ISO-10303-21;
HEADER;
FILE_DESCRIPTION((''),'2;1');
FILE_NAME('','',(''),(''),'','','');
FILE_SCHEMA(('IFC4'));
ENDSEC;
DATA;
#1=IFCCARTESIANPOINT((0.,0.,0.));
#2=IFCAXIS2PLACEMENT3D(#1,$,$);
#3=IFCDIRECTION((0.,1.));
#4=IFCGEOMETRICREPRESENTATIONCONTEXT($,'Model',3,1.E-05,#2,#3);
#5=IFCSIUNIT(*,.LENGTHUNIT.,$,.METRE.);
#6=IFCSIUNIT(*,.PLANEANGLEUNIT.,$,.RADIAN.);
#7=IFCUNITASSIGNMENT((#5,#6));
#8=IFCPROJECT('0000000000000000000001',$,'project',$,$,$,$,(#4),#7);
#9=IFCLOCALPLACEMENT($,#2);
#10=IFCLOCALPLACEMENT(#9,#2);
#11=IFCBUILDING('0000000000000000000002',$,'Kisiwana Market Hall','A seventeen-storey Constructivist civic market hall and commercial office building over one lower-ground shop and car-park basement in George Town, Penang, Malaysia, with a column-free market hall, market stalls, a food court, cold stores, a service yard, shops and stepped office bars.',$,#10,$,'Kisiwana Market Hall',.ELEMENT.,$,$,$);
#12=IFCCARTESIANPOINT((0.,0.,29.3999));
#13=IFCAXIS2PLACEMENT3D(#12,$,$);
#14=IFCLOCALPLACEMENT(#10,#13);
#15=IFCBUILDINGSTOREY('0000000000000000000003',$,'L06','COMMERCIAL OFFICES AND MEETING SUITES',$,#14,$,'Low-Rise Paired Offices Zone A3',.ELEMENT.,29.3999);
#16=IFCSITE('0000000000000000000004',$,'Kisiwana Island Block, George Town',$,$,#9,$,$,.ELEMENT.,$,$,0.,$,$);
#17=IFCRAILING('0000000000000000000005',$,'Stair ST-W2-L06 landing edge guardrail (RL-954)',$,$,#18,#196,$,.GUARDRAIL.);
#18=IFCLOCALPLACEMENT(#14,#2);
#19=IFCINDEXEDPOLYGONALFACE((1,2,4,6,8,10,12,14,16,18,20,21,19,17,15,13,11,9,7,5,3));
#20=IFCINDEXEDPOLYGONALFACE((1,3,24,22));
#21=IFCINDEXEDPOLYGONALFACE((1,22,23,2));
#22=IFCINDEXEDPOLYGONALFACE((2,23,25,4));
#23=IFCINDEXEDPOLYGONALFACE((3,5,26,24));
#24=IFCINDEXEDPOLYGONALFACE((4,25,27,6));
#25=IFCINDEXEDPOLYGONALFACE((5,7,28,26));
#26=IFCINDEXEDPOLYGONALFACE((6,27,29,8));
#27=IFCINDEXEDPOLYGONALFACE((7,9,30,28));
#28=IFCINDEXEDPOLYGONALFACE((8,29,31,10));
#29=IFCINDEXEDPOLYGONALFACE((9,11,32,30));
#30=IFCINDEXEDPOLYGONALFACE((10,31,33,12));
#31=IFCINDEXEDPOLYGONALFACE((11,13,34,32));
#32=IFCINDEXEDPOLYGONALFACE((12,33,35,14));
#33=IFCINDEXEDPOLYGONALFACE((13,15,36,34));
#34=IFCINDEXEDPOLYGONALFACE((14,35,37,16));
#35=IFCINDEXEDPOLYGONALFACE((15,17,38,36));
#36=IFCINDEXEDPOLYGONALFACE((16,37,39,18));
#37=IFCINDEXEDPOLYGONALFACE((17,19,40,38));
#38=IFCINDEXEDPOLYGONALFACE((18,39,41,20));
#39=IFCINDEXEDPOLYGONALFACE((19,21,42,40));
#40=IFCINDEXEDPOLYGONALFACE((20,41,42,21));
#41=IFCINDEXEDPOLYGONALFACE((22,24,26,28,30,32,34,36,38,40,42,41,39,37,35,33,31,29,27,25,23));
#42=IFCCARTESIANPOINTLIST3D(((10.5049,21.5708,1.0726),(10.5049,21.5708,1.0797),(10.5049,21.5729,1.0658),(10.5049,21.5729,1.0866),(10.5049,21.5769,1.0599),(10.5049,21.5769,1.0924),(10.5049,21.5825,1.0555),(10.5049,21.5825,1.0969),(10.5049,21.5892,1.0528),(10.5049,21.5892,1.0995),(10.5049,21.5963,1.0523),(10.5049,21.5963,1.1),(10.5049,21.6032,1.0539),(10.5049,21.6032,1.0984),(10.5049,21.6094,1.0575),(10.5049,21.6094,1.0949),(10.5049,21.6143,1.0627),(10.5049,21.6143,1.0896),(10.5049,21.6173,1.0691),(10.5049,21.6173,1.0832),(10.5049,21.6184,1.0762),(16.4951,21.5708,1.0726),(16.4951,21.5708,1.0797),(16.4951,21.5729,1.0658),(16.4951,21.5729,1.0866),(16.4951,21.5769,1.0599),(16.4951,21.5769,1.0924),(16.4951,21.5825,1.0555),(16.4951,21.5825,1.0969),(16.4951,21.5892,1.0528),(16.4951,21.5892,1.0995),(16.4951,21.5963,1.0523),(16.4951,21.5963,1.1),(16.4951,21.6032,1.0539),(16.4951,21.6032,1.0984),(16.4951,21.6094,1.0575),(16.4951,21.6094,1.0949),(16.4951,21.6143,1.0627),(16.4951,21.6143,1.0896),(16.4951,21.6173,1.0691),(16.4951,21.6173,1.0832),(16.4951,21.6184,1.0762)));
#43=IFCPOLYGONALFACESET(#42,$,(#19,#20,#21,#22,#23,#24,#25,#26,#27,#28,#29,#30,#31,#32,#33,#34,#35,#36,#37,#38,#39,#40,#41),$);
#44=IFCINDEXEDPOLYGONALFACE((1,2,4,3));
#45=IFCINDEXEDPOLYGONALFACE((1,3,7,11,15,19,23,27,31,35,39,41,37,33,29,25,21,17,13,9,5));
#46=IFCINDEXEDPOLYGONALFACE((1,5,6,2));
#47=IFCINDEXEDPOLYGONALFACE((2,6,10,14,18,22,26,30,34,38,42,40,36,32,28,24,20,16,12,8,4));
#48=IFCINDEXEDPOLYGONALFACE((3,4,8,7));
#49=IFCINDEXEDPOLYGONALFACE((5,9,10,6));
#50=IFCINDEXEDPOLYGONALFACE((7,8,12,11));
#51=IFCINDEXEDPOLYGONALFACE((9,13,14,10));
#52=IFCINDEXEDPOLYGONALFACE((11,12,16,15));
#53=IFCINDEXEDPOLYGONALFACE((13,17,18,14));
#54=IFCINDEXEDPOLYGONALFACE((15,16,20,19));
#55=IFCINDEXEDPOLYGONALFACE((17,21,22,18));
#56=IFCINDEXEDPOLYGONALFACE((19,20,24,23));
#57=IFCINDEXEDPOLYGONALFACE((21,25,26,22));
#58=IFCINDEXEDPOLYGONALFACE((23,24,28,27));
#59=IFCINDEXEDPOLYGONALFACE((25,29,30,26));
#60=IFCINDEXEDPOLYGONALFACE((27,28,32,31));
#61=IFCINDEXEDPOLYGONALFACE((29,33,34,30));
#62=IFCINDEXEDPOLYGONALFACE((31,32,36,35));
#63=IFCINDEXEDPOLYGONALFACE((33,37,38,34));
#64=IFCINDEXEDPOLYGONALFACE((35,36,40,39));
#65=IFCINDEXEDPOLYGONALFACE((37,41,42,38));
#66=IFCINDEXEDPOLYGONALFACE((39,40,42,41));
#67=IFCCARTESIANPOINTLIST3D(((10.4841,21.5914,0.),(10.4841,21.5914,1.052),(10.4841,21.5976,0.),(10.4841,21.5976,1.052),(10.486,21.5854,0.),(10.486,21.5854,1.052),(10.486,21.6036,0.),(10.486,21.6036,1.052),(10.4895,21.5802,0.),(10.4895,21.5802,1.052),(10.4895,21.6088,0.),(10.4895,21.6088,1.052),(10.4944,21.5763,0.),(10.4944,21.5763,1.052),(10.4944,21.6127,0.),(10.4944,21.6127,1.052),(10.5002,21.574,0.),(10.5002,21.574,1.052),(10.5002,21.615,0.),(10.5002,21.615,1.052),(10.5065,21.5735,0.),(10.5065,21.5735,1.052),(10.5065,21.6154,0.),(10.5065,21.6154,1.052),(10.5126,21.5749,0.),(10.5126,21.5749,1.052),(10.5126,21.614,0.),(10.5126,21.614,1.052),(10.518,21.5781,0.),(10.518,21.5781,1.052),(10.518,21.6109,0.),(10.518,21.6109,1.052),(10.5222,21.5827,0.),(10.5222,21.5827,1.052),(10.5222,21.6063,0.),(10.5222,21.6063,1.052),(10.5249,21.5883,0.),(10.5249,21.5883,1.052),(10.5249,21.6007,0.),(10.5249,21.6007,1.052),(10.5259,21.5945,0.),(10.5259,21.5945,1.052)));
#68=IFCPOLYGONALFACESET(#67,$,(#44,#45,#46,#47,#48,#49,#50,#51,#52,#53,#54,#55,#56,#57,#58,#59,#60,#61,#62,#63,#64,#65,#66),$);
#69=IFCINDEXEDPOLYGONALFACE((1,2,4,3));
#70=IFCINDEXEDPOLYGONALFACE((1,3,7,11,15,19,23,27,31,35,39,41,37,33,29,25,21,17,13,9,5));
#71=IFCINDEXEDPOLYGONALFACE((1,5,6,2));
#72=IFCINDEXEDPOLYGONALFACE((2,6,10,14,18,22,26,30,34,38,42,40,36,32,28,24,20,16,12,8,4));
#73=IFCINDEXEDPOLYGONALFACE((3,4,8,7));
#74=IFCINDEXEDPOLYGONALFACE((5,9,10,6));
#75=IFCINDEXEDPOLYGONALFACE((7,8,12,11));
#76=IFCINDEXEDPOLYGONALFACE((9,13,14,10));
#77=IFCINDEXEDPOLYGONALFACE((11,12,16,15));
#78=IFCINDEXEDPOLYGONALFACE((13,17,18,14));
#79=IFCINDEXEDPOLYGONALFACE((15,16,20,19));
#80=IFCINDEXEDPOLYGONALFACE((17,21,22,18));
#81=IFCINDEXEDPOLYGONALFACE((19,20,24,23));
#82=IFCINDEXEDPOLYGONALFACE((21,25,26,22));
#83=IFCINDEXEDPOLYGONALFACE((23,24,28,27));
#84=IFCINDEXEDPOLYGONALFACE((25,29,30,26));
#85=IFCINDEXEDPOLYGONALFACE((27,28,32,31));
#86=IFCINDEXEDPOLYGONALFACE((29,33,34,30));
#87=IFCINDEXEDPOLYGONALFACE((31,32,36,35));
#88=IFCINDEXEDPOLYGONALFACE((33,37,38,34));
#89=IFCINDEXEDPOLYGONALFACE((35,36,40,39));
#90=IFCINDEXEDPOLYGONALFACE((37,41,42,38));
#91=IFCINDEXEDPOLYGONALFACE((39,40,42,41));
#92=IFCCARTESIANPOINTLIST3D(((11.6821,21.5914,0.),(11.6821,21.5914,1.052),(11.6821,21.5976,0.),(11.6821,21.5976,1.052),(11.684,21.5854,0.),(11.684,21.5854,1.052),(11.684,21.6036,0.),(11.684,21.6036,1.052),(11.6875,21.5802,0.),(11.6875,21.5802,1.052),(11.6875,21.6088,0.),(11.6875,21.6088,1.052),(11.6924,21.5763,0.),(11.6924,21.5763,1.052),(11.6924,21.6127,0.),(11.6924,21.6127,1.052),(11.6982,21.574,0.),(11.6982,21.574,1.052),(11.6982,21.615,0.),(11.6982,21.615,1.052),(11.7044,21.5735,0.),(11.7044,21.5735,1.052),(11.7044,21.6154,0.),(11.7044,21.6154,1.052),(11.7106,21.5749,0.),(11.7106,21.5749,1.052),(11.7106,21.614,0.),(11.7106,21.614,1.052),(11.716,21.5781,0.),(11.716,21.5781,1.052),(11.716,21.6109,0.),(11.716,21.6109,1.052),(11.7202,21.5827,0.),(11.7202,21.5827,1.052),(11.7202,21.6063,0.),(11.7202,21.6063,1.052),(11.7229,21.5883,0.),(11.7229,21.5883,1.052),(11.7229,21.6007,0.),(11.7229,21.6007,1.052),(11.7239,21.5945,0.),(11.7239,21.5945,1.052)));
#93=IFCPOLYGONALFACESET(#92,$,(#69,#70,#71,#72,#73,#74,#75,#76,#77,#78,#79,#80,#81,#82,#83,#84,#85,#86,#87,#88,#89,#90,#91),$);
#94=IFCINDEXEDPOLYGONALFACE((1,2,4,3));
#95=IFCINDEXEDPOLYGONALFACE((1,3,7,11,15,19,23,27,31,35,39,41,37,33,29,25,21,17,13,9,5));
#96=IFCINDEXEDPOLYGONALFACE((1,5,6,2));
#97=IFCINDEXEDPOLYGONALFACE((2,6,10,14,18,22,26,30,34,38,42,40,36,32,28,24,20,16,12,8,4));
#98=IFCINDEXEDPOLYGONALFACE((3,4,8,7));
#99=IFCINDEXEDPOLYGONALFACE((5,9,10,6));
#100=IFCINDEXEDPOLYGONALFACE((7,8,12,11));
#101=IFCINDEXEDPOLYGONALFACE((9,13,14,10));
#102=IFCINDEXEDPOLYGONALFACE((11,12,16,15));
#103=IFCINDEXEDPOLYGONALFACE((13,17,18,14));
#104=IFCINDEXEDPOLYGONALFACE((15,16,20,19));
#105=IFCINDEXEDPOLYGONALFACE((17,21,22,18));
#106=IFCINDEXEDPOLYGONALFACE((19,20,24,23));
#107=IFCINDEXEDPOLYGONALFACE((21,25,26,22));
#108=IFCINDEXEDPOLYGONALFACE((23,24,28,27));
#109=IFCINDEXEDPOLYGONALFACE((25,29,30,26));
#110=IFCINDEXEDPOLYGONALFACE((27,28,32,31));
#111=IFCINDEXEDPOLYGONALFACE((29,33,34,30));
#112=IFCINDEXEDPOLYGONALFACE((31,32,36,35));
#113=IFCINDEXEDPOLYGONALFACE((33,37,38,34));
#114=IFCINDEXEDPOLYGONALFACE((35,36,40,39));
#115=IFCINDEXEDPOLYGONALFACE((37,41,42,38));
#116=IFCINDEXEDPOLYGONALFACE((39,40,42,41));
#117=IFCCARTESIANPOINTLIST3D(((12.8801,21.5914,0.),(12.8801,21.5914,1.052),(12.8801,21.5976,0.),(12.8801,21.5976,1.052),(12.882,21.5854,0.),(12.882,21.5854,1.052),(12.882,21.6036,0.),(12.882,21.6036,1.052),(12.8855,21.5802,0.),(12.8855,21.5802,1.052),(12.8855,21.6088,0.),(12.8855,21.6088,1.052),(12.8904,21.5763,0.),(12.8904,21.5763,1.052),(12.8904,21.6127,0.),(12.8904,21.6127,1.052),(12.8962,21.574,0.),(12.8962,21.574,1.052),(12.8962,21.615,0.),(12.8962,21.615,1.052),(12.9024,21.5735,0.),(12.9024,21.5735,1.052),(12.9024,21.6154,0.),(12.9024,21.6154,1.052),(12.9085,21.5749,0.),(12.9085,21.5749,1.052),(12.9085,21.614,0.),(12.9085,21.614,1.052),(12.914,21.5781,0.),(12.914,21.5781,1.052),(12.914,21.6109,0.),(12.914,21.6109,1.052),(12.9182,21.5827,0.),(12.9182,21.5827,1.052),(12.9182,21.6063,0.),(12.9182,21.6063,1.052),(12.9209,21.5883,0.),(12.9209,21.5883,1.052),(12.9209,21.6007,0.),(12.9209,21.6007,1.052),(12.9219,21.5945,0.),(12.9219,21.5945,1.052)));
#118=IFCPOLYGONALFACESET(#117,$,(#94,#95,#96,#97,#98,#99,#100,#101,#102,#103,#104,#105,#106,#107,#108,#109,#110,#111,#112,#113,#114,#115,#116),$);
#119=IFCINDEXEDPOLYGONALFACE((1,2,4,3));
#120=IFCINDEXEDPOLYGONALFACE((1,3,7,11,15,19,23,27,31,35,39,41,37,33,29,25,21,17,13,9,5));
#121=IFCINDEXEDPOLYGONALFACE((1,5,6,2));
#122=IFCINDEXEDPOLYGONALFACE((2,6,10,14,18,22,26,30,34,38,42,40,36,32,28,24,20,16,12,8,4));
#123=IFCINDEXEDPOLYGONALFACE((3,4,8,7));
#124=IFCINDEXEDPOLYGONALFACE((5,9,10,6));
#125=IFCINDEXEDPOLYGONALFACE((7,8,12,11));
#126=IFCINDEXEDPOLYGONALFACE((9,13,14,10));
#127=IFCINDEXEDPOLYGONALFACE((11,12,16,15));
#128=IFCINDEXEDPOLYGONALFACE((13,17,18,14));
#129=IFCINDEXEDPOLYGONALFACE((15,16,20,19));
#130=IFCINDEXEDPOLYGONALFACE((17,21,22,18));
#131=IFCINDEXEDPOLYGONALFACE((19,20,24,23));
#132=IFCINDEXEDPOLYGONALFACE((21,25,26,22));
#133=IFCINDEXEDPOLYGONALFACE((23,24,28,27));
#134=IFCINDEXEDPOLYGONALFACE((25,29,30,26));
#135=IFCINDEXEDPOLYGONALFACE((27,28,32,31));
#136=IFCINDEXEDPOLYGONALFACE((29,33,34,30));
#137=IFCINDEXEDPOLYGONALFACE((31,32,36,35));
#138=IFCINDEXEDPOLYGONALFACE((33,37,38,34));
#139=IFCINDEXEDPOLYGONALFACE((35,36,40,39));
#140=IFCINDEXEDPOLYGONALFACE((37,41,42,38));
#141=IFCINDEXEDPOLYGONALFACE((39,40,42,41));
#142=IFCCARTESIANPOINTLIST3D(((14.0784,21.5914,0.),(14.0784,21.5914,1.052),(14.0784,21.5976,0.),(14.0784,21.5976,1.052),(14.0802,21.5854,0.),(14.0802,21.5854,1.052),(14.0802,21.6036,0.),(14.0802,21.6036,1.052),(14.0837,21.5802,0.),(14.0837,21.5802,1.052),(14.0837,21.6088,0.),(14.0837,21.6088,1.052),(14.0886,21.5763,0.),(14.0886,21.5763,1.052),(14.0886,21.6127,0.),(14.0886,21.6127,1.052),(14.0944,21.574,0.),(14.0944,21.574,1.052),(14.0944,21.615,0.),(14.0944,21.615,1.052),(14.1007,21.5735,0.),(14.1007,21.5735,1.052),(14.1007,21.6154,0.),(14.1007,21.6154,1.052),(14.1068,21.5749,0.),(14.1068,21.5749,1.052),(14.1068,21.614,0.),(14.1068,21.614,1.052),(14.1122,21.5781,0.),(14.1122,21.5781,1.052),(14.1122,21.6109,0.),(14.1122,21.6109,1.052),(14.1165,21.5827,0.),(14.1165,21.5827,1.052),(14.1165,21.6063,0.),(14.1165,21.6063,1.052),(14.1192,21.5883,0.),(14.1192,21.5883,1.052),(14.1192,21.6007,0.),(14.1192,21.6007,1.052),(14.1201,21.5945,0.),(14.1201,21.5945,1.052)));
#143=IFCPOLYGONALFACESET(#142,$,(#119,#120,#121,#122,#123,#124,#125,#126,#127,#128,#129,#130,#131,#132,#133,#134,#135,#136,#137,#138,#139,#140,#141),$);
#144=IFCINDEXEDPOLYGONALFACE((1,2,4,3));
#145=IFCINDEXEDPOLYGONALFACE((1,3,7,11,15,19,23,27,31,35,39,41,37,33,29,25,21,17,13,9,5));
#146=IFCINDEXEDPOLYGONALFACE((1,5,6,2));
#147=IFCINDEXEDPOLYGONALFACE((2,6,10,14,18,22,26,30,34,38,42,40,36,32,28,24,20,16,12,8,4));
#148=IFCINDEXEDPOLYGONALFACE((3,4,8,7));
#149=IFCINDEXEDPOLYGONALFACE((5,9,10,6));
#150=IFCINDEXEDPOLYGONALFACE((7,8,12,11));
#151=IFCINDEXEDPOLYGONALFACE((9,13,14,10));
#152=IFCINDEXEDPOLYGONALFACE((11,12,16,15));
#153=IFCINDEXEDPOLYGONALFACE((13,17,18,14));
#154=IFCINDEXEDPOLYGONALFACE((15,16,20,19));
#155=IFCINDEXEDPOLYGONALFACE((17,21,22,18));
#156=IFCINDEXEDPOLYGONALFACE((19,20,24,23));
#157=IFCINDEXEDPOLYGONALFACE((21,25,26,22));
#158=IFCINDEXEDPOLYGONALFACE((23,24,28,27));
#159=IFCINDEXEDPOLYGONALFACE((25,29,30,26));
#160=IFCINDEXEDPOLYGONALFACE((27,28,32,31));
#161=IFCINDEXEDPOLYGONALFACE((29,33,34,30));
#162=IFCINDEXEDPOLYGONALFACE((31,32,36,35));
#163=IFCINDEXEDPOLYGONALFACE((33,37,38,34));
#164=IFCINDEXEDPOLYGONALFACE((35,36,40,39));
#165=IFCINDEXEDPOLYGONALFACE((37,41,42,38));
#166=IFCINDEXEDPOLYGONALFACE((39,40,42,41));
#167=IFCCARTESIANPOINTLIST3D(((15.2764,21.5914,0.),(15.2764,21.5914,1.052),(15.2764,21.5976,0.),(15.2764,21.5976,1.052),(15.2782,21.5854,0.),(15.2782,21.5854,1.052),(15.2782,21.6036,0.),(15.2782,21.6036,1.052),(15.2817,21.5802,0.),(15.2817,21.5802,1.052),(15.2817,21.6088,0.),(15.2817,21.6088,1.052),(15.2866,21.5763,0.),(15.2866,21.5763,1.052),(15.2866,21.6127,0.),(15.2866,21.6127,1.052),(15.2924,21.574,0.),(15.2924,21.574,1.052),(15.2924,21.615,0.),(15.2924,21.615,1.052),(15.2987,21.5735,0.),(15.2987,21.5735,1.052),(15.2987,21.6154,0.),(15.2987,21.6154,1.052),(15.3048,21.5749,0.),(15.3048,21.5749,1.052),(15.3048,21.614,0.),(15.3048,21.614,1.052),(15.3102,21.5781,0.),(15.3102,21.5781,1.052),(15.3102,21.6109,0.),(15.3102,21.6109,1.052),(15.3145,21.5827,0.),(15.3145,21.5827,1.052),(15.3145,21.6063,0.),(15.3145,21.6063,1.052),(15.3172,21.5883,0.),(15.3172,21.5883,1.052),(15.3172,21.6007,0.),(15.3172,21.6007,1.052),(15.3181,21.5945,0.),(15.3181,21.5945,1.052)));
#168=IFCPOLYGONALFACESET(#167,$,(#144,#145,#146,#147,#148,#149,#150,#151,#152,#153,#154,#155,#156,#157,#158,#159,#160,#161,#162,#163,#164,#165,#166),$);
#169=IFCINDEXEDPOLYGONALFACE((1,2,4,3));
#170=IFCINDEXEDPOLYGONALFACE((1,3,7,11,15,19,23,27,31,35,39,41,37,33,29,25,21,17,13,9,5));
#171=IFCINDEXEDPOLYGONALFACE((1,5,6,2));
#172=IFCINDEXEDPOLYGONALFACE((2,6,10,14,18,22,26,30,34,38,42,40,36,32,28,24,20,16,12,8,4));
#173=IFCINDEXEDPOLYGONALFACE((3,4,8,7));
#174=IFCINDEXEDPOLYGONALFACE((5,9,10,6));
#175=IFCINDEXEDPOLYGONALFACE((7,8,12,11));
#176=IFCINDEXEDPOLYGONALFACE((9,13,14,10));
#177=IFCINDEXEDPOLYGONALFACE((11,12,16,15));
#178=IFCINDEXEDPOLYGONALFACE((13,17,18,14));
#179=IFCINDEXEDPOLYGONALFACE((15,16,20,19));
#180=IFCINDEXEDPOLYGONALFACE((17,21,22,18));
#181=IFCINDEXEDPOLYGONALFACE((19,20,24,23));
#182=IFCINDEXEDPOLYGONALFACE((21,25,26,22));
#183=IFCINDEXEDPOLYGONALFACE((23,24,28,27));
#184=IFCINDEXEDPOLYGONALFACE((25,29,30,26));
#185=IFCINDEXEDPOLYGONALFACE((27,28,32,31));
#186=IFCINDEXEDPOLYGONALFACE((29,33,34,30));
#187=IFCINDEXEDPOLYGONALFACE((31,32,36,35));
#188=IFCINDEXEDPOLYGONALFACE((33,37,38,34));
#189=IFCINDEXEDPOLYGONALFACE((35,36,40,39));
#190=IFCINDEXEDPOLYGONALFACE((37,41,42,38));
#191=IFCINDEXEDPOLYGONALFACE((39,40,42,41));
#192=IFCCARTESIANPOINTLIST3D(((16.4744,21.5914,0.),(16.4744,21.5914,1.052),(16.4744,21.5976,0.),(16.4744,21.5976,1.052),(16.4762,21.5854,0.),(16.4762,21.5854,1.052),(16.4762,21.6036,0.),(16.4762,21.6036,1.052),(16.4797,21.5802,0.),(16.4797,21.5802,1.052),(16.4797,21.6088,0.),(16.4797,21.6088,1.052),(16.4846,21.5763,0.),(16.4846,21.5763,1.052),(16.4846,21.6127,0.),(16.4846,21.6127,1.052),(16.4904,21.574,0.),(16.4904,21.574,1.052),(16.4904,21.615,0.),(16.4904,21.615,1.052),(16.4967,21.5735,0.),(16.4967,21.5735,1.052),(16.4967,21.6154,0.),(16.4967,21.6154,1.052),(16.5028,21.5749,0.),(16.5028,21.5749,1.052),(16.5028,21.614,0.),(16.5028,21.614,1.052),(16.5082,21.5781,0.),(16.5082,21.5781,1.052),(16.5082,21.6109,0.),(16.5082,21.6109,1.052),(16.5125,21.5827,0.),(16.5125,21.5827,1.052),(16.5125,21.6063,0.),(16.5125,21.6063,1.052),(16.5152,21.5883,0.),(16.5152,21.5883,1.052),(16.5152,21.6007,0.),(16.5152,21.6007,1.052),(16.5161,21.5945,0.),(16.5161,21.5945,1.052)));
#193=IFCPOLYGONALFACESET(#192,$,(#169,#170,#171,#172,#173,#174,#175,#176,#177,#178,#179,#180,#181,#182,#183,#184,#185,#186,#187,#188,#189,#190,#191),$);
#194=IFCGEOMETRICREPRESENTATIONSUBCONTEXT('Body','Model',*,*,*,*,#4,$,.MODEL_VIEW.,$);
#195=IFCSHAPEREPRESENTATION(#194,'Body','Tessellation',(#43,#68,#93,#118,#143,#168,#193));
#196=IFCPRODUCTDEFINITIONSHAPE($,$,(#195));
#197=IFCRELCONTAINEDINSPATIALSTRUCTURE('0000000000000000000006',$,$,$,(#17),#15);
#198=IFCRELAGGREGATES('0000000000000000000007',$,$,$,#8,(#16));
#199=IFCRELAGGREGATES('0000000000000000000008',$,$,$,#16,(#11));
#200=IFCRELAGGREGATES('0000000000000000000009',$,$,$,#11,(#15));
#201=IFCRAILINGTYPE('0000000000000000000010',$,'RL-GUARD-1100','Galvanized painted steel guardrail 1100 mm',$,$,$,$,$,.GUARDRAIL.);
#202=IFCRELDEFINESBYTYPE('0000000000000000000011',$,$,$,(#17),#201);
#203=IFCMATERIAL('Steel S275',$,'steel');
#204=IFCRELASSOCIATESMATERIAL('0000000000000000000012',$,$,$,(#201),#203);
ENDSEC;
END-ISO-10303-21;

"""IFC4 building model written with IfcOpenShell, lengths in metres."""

from ifc_helpers import new_model, si_unit, direction, frame, origin, origin_2d, place, context, subcontext, project, spatial, circle, extrude, material, type_object, element, save


model = new_model("IFC4")

# Units and contexts
model_context = context("Model", 3, precision=1e-05, world=origin(), true_north=direction((0.0, 1.0)))
body_context = subcontext(model_context, "Body", "Model", "MODEL_VIEW")
ifc_project = project(units=[si_unit("LENGTHUNIT", "METRE"), si_unit("PLANEANGLEUNIT", "RADIAN")], contexts=[model_context])

# Site, building, storey
site_placement = place(None, origin())
site = spatial("IfcSite", under=ifc_project, at=site_placement, Name="Kisiwana Island Block, George Town", CompositionType="ELEMENT", RefElevation=0.0)
building_placement = place(site_placement, origin())
building = spatial("IfcBuilding", under=site, at=building_placement, Name="Kisiwana Market Hall", Description="A seventeen-storey Constructivist civic market hall and commercial office building over one lower-ground shop and car-park basement in George Town, Penang, Malaysia, with a column-free market hall, market stalls, a food court, cold stores, a service yard, shops and stepped office bars.", LongName="Kisiwana Market Hall", CompositionType="ELEMENT")
storey_placement = place(building_placement, frame((0.0, 0.0, 29.3999)))
storey = spatial("IfcBuildingStorey", under=building, at=storey_placement, Name="L06", Description="COMMERCIAL OFFICES AND MEETING SUITES", LongName="Low-Rise Paired Offices Zone A3", CompositionType="ELEMENT", Elevation=29.3999)

# Railing
ifc_material_1 = material(Name="Steel S275", Category="steel")
railing_type_1 = type_object("IfcRailingType", Name="RL-GUARD-1100", Description="Galvanized painted steel guardrail 1100 mm", PredefinedType="GUARDRAIL", material=ifc_material_1)
railing_1_placement = place(storey_placement, frame((10.5049, 21.5945, 0.0)))
element("IfcRailing", 1, at=railing_1_placement, inside=storey, type_object=railing_type_1, Name="Stair ST-W2-L06 landing edge guardrail (RL-954)", PredefinedType="GUARDRAIL", context=body_context, shape_type="SweptSolid", body=[
    extrude(circle(Radius=0.0239, at=origin_2d()), frame((0.0, 0.0, 1.0762), z_axis=(1.0, 0.0, 0.0), x_axis=(0.0, 1.0, 0.0)), (0.0, 0.0, 1.0), 5.9902),
    extrude(circle(Radius=0.021, at=origin_2d()), origin(), (0.0, 0.0, 1.0), 1.052),
    extrude(circle(Radius=0.021, at=origin_2d()), frame((1.198, 0.0, 0.0)), (0.0, 0.0, 1.0), 1.052),
    extrude(circle(Radius=0.021, at=origin_2d()), frame((2.396, 0.0, 0.0)), (0.0, 0.0, 1.0), 1.052),
    extrude(circle(Radius=0.021, at=origin_2d()), frame((3.5942, 0.0, 0.0)), (0.0, 0.0, 1.0), 1.052),
    extrude(circle(Radius=0.021, at=origin_2d()), frame((4.7922, 0.0, 0.0)), (0.0, 0.0, 1.0), 1.052),
    extrude(circle(Radius=0.021, at=origin_2d()), frame((5.9902, 0.0, 0.0)), (0.0, 0.0, 1.0), 1.052),
])

save(model, "model.ifc")
